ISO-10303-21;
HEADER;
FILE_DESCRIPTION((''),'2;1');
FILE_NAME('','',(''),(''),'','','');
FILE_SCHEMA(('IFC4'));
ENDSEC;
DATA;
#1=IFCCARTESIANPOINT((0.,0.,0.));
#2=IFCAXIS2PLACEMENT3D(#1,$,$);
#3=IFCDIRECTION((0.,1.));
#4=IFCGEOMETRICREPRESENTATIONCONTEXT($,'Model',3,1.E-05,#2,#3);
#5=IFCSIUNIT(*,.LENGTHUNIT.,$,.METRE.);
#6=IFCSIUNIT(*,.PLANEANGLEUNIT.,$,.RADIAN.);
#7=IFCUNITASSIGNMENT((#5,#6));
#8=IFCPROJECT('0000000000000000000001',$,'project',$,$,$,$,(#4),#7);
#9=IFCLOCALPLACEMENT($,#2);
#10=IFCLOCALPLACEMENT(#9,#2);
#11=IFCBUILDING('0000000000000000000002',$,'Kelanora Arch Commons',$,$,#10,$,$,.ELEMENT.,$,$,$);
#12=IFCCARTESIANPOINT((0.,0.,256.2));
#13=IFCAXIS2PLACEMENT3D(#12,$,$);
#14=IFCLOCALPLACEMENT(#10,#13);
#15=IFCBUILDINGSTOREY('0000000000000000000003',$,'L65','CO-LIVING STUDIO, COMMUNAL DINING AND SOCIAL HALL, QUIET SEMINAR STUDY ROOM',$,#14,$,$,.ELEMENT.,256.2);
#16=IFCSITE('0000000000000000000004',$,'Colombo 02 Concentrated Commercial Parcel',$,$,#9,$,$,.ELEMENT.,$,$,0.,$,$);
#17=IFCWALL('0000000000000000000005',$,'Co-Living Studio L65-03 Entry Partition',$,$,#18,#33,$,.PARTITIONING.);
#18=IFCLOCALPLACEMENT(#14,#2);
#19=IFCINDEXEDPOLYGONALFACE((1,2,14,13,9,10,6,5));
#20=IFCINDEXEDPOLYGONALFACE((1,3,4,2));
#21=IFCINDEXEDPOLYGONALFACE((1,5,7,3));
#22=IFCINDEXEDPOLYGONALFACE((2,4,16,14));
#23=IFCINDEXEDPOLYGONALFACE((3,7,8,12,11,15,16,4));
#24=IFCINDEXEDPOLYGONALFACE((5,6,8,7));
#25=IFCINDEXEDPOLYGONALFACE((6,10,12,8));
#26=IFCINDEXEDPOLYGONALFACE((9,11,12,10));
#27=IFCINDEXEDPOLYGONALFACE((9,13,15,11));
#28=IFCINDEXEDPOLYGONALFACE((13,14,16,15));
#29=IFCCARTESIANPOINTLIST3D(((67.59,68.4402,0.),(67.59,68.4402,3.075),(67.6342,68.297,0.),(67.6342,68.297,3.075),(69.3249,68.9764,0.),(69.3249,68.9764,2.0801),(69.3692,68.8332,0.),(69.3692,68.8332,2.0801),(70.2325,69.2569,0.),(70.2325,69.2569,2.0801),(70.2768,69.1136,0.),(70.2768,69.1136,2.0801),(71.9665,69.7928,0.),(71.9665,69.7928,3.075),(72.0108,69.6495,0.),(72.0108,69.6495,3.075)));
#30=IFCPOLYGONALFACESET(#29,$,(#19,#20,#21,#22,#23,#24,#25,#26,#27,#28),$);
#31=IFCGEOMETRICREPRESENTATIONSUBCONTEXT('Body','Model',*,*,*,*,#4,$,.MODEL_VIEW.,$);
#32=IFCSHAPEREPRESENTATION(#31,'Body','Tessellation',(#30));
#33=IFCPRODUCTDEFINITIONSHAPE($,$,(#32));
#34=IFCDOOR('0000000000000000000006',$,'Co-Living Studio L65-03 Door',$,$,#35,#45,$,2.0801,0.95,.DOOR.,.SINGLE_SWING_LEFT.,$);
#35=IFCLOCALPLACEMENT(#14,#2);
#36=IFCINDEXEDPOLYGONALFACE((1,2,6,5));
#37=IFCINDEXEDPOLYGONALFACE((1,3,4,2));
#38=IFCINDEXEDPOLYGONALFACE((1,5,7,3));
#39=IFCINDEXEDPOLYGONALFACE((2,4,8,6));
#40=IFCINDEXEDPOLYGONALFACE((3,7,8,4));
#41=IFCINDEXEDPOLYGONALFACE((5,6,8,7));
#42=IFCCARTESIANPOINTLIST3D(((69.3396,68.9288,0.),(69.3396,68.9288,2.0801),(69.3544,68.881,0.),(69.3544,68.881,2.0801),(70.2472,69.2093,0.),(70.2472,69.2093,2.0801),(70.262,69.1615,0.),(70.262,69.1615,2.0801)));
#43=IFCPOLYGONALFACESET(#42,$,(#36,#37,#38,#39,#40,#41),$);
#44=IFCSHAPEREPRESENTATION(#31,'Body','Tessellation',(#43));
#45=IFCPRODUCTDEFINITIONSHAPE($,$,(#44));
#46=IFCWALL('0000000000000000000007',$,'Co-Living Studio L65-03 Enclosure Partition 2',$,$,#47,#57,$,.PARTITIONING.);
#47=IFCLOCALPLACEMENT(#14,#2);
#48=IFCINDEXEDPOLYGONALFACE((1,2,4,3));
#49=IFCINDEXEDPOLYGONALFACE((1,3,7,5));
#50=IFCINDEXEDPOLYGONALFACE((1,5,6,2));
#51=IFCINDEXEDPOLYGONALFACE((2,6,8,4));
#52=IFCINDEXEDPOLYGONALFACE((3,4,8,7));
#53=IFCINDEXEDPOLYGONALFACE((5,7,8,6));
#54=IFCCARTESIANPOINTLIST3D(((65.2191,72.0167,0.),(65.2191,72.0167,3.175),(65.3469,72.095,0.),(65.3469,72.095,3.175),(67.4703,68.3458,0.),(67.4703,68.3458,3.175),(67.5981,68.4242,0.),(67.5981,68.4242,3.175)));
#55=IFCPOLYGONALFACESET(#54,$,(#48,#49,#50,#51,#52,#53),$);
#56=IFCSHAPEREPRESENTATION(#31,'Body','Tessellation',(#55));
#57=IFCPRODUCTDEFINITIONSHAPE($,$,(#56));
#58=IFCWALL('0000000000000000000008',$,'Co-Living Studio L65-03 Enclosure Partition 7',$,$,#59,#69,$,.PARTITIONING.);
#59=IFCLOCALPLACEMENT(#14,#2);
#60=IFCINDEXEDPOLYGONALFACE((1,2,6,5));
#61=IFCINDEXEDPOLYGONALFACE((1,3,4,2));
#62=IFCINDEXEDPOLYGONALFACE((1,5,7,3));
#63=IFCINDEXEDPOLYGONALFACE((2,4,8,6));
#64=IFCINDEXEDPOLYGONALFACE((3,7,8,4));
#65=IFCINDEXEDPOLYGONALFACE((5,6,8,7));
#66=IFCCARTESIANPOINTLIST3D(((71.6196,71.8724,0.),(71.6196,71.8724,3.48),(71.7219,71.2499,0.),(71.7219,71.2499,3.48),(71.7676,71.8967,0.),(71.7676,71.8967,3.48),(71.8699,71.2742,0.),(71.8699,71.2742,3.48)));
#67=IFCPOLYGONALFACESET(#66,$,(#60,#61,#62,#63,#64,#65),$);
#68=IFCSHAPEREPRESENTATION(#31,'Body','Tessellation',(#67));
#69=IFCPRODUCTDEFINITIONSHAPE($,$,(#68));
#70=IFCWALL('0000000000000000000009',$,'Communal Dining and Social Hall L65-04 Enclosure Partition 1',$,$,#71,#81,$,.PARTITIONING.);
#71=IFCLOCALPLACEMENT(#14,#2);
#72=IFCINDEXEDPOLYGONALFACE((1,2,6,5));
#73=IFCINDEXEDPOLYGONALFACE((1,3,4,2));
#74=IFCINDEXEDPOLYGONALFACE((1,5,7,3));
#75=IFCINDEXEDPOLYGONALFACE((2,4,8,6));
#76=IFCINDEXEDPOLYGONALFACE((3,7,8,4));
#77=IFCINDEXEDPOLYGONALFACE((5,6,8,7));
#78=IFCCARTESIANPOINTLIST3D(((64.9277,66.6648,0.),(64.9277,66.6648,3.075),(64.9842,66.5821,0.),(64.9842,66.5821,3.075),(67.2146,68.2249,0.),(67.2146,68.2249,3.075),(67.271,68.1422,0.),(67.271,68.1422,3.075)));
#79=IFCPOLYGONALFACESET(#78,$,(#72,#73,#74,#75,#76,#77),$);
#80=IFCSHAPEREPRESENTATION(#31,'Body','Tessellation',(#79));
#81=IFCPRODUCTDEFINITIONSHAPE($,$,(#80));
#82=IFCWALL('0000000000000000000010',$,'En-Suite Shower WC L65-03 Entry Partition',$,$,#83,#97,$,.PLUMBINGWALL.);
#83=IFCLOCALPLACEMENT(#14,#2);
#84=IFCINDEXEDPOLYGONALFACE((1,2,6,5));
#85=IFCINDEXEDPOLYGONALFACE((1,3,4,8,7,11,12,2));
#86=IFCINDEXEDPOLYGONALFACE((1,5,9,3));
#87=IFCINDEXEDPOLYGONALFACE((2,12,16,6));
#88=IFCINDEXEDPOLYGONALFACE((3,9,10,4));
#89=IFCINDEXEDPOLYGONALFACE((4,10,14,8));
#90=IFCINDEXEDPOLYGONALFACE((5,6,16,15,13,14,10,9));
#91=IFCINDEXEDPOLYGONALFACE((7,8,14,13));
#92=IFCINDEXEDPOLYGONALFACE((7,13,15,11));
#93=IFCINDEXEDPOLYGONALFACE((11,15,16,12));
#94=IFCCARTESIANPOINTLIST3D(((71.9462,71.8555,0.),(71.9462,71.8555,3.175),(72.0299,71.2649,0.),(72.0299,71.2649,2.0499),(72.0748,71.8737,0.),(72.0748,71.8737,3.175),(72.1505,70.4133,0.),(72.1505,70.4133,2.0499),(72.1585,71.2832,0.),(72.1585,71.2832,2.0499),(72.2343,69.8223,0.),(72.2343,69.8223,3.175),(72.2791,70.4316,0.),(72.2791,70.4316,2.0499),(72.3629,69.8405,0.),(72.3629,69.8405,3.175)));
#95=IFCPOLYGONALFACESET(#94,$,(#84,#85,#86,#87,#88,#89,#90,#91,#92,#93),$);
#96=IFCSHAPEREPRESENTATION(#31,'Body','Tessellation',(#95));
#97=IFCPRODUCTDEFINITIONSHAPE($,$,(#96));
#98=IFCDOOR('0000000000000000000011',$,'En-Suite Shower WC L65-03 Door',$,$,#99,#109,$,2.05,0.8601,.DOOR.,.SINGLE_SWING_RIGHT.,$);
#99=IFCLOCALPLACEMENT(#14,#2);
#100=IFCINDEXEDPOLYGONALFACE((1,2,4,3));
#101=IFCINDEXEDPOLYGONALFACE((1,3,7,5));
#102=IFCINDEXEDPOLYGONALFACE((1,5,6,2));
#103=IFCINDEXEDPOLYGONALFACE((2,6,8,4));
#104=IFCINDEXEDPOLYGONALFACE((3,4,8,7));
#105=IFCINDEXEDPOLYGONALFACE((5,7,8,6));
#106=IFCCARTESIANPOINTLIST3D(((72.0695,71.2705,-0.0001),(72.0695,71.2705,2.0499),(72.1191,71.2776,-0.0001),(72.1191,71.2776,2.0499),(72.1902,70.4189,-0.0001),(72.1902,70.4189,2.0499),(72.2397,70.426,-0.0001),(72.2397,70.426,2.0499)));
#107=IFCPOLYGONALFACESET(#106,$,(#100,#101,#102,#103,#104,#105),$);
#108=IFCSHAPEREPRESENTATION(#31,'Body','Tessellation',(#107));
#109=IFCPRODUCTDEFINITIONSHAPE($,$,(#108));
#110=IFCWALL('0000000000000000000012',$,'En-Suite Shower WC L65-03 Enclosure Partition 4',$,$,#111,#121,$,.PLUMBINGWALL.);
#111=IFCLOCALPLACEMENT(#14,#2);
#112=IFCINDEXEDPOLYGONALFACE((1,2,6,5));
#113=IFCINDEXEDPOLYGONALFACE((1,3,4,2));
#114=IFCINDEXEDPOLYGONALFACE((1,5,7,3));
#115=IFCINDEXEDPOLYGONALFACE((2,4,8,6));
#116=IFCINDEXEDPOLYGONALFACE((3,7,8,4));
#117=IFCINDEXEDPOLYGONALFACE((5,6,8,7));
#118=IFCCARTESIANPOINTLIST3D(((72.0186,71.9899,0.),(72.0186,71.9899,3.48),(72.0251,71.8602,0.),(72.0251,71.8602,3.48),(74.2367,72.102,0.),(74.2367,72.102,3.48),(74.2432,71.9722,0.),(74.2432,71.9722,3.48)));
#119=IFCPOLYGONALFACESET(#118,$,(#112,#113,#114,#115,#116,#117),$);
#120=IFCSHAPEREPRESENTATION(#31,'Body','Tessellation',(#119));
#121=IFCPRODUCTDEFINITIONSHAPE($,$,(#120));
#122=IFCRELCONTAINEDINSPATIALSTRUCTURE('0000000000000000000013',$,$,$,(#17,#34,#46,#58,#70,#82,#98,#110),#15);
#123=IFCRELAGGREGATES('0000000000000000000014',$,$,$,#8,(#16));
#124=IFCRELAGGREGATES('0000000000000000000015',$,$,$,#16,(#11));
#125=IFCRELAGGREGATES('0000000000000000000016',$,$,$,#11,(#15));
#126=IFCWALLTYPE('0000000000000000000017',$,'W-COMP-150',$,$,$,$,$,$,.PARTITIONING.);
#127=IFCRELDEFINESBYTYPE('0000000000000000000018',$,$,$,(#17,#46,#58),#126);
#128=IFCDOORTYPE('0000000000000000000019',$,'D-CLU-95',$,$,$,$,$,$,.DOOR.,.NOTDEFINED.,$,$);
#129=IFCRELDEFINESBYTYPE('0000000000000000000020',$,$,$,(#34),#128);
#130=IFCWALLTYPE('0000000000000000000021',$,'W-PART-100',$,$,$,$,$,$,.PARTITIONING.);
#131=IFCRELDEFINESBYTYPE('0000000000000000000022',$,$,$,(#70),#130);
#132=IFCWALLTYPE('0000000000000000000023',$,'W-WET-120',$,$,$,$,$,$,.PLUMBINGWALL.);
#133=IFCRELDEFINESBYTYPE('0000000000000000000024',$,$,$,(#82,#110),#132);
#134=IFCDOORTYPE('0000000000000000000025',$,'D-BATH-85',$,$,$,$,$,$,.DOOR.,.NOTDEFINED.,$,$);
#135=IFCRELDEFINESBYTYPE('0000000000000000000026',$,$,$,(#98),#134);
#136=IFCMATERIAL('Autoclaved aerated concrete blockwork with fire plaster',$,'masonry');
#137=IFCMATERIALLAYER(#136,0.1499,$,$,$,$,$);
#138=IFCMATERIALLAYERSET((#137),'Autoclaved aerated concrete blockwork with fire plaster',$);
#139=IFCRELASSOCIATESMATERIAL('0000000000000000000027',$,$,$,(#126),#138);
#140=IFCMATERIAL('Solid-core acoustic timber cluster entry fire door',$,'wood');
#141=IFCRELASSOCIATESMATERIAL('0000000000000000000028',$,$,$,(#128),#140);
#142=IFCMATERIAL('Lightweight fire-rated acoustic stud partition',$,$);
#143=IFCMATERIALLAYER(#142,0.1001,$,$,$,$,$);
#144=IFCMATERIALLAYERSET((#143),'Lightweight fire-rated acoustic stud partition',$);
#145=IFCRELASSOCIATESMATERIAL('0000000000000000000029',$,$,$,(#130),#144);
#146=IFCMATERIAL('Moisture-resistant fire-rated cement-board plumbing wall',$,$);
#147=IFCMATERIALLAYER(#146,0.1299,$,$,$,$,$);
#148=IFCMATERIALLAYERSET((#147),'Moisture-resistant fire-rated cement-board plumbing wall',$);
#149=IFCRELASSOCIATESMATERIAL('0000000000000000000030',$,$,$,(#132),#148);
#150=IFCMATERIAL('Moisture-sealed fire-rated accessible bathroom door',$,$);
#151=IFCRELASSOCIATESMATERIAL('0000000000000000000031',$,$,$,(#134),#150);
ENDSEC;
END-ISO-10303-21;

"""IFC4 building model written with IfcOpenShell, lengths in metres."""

from ifc_helpers import new_model, si_unit, direction, frame, frame_2d, origin, place, context, subcontext, project, spatial, rectangle, extrude, material, layer, layer_set, type_object, element, fill, save


model = new_model("IFC4")

# Units and contexts
model_context = context("Model", 3, precision=1e-05, world=origin(), true_north=direction((0.0, 1.0)))
body_context = subcontext(model_context, "Body", "Model", "MODEL_VIEW")
ifc_project = project(units=[si_unit("LENGTHUNIT", "METRE"), si_unit("PLANEANGLEUNIT", "RADIAN")], contexts=[model_context])

# Site, building, storey
site_placement = place(None, origin())
site = spatial("IfcSite", under=ifc_project, at=site_placement, Name="Colombo 02 Concentrated Commercial Parcel", CompositionType="ELEMENT", RefElevation=0.0)
building_placement = place(site_placement, origin())
building = spatial("IfcBuilding", under=site, at=building_placement, Name="Kelanora Arch Commons", CompositionType="ELEMENT")
storey_placement = place(building_placement, frame((0.0, 0.0, 256.2)))
storey = spatial("IfcBuildingStorey", under=building, at=storey_placement, Name="L65", Description="CO-LIVING STUDIO, COMMUNAL DINING AND SOCIAL HALL, QUIET SEMINAR STUDY ROOM", CompositionType="ELEMENT", Elevation=256.2)

# Wall, opening, door
ifc_material_1 = material(Name="Autoclaved aerated concrete blockwork with fire plaster", Category="masonry")
ifc_layer_1 = layer(ifc_material_1, 0.1499)
ifc_layer_set_1 = layer_set([ifc_layer_1], Name="Autoclaved aerated concrete blockwork with fire plaster")
wall_type_1 = type_object("IfcWallType", Name="W-COMP-150", PredefinedType="PARTITIONING", material=ifc_layer_set_1)
wall_1_placement = place(storey_placement, frame((71.9888, 69.7212, 0.0), z_axis=(0.0, 0.0, 1.0), x_axis=(-0.955414, -0.295269, 0.0)))
wall_1 = element("IfcWall", 1, at=wall_1_placement, inside=storey, type_object=wall_type_1, Name="Co-Living Studio L65-03 Entry Partition", PredefinedType="PARTITIONING", context=body_context, shape_type="SweptSolid", body=[
    extrude(rectangle(XDim=4.5808, YDim=0.1499, at=frame_2d((2.2905, 0.0))), origin(), (0.0, 0.0, 1.0), 3.075),
])
opening_1_placement = place(wall_1_placement, frame((1.8149, 0.0, 0.0)))
opening_1 = element("IfcOpeningElement", 2, at=opening_1_placement, cuts=wall_1, PredefinedType="OPENING", context=body_context, shape_type="SweptSolid", body=[
    extrude(rectangle(XDim=0.95, YDim=2.0801, at=frame_2d((0.4751, 1.04))), frame((0.0, 0.085, 0.0), z_axis=(0.0, -1.0, 0.0), x_axis=(1.0, 0.0, 0.0)), (0.0, 0.0, 1.0), 0.1699),
])
ifc_material_2 = material(Name="Solid-core acoustic timber cluster entry fire door", Category="wood")
door_type_1 = type_object("IfcDoorType", Name="D-CLU-95", OperationType="NOTDEFINED", PredefinedType="DOOR", material=ifc_material_2)
door_1_placement = place(opening_1_placement, origin())
door_1 = element("IfcDoor", 3, at=door_1_placement, inside=storey, type_object=door_type_1, Name="Co-Living Studio L65-03 Door", OperationType="SINGLE_SWING_LEFT", OverallHeight=2.0801, OverallWidth=0.95, PredefinedType="DOOR", context=body_context, shape_type="SweptSolid", body=[
    extrude(rectangle(XDim=0.95, YDim=2.0801, at=frame_2d((0.4751, 1.04))), frame((0.0, 0.0249, 0.0), z_axis=(0.0, -1.0, 0.0), x_axis=(1.0, 0.0, 0.0)), (0.0, 0.0, 1.0), 0.05),
])
fill(opening_1, door_1)

# Walls
wall_2_placement = place(storey_placement, frame((67.5342, 68.385, 0.0), z_axis=(0.0, 0.0, 1.0), x_axis=(-0.522784, 0.852465, 0.0)))
element("IfcWall", 4, at=wall_2_placement, inside=storey, type_object=wall_type_1, Name="Co-Living Studio L65-03 Enclosure Partition 2", PredefinedType="PARTITIONING", context=body_context, shape_type="SweptSolid", body=[
    extrude(rectangle(XDim=4.3062, YDim=0.1499, at=frame_2d((2.1531, 0.0))), origin(), (0.0, 0.0, 1.0), 3.175),
])
wall_3_placement = place(storey_placement, frame((71.6936, 71.8845, 0.0), z_axis=(0.0, 0.0, 1.0), x_axis=(0.16214, -0.986768, 0.0)))
element("IfcWall", 5, at=wall_3_placement, inside=storey, type_object=wall_type_1, Name="Co-Living Studio L65-03 Enclosure Partition 7", PredefinedType="PARTITIONING", context=body_context, shape_type="SweptSolid", body=[
    extrude(rectangle(XDim=0.6309, YDim=0.1499, at=frame_2d((0.3154, 0.0))), origin(), (0.0, 0.0, 1.0), 3.48),
])
ifc_material_3 = material(Name="Lightweight fire-rated acoustic stud partition")
ifc_layer_2 = layer(ifc_material_3, 0.1001)
ifc_layer_set_2 = layer_set([ifc_layer_2], Name="Lightweight fire-rated acoustic stud partition")
wall_type_2 = type_object("IfcWallType", Name="W-PART-100", PredefinedType="PARTITIONING", material=ifc_layer_set_2)
wall_4_placement = place(storey_placement, frame((67.2429, 68.1836, 0.0), z_axis=(0.0, 0.0, 1.0), x_axis=(-0.826087, -0.563542, 0.0)))
element("IfcWall", 6, at=wall_4_placement, inside=storey, type_object=wall_type_2, Name="Communal Dining and Social Hall L65-04 Enclosure Partition 1", PredefinedType="PARTITIONING", context=body_context, shape_type="SweptSolid", body=[
    extrude(rectangle(XDim=2.7683, YDim=0.1001, at=frame_2d((1.3843, 0.0))), origin(), (0.0, 0.0, 1.0), 3.075),
])

# Wall, opening, door
ifc_material_4 = material(Name="Moisture-resistant fire-rated cement-board plumbing wall")
ifc_layer_3 = layer(ifc_material_4, 0.1299)
ifc_layer_set_3 = layer_set([ifc_layer_3], Name="Moisture-resistant fire-rated cement-board plumbing wall")
wall_type_3 = type_object("IfcWallType", Name="W-WET-120", PredefinedType="PLUMBINGWALL", material=ifc_layer_set_3)
wall_5_placement = place(storey_placement, frame((72.2986, 69.8313, 0.0), z_axis=(0.0, 0.0, 1.0), x_axis=(-0.140289, 0.990111, 0.0)))
wall_5 = element("IfcWall", 7, at=wall_5_placement, inside=storey, type_object=wall_type_3, Name="En-Suite Shower WC L65-03 Entry Partition", PredefinedType="PLUMBINGWALL", context=body_context, shape_type="SweptSolid", body=[
    extrude(rectangle(XDim=2.0535, YDim=0.1299, at=frame_2d((1.0269, 0.0))), origin(), (0.0, 0.0, 1.0), 3.175),
])
opening_2_placement = place(wall_5_placement, frame((0.5969, 0.0, 0.0)))
opening_2 = element("IfcOpeningElement", 8, at=opening_2_placement, cuts=wall_5, PredefinedType="OPENING", context=body_context, shape_type="SweptSolid", body=[
    extrude(rectangle(XDim=0.8601, YDim=2.05, at=frame_2d((0.4302, 1.0249))), frame((0.0, 0.075, 0.0), z_axis=(0.0, -1.0, 0.0), x_axis=(1.0, 0.0, 0.0)), (0.0, 0.0, 1.0), 0.1499),
])
ifc_material_5 = material(Name="Moisture-sealed fire-rated accessible bathroom door")
door_type_2 = type_object("IfcDoorType", Name="D-BATH-85", OperationType="NOTDEFINED", PredefinedType="DOOR", material=ifc_material_5)
door_2_placement = place(opening_2_placement, origin())
door_2 = element("IfcDoor", 9, at=door_2_placement, inside=storey, type_object=door_type_2, Name="En-Suite Shower WC L65-03 Door", OperationType="SINGLE_SWING_RIGHT", OverallHeight=2.05, OverallWidth=0.8601, PredefinedType="DOOR", context=body_context, shape_type="SweptSolid", body=[
    extrude(rectangle(XDim=0.8601, YDim=2.05, at=frame_2d((0.4302, 1.0249))), frame((0.0, 0.0249, 0.0), z_axis=(0.0, -1.0, 0.0), x_axis=(1.0, 0.0, 0.0)), (0.0, 0.0, 1.0), 0.05),
])
fill(opening_2, door_2)

# Wall
wall_6_placement = place(storey_placement, frame((72.022, 71.925, 0.0), z_axis=(0.0, 0.0, 1.0), x_axis=(0.998726, 0.050458, 0.0)))
element("IfcWall", 10, at=wall_6_placement, inside=storey, type_object=wall_type_3, Name="En-Suite Shower WC L65-03 Enclosure Partition 4", PredefinedType="PLUMBINGWALL", context=body_context, shape_type="SweptSolid", body=[
    extrude(rectangle(XDim=2.2209, YDim=0.1299, at=frame_2d((1.1104, 0.0))), origin(), (0.0, 0.0, 1.0), 3.48),
])

save(model, "model.ifc")
